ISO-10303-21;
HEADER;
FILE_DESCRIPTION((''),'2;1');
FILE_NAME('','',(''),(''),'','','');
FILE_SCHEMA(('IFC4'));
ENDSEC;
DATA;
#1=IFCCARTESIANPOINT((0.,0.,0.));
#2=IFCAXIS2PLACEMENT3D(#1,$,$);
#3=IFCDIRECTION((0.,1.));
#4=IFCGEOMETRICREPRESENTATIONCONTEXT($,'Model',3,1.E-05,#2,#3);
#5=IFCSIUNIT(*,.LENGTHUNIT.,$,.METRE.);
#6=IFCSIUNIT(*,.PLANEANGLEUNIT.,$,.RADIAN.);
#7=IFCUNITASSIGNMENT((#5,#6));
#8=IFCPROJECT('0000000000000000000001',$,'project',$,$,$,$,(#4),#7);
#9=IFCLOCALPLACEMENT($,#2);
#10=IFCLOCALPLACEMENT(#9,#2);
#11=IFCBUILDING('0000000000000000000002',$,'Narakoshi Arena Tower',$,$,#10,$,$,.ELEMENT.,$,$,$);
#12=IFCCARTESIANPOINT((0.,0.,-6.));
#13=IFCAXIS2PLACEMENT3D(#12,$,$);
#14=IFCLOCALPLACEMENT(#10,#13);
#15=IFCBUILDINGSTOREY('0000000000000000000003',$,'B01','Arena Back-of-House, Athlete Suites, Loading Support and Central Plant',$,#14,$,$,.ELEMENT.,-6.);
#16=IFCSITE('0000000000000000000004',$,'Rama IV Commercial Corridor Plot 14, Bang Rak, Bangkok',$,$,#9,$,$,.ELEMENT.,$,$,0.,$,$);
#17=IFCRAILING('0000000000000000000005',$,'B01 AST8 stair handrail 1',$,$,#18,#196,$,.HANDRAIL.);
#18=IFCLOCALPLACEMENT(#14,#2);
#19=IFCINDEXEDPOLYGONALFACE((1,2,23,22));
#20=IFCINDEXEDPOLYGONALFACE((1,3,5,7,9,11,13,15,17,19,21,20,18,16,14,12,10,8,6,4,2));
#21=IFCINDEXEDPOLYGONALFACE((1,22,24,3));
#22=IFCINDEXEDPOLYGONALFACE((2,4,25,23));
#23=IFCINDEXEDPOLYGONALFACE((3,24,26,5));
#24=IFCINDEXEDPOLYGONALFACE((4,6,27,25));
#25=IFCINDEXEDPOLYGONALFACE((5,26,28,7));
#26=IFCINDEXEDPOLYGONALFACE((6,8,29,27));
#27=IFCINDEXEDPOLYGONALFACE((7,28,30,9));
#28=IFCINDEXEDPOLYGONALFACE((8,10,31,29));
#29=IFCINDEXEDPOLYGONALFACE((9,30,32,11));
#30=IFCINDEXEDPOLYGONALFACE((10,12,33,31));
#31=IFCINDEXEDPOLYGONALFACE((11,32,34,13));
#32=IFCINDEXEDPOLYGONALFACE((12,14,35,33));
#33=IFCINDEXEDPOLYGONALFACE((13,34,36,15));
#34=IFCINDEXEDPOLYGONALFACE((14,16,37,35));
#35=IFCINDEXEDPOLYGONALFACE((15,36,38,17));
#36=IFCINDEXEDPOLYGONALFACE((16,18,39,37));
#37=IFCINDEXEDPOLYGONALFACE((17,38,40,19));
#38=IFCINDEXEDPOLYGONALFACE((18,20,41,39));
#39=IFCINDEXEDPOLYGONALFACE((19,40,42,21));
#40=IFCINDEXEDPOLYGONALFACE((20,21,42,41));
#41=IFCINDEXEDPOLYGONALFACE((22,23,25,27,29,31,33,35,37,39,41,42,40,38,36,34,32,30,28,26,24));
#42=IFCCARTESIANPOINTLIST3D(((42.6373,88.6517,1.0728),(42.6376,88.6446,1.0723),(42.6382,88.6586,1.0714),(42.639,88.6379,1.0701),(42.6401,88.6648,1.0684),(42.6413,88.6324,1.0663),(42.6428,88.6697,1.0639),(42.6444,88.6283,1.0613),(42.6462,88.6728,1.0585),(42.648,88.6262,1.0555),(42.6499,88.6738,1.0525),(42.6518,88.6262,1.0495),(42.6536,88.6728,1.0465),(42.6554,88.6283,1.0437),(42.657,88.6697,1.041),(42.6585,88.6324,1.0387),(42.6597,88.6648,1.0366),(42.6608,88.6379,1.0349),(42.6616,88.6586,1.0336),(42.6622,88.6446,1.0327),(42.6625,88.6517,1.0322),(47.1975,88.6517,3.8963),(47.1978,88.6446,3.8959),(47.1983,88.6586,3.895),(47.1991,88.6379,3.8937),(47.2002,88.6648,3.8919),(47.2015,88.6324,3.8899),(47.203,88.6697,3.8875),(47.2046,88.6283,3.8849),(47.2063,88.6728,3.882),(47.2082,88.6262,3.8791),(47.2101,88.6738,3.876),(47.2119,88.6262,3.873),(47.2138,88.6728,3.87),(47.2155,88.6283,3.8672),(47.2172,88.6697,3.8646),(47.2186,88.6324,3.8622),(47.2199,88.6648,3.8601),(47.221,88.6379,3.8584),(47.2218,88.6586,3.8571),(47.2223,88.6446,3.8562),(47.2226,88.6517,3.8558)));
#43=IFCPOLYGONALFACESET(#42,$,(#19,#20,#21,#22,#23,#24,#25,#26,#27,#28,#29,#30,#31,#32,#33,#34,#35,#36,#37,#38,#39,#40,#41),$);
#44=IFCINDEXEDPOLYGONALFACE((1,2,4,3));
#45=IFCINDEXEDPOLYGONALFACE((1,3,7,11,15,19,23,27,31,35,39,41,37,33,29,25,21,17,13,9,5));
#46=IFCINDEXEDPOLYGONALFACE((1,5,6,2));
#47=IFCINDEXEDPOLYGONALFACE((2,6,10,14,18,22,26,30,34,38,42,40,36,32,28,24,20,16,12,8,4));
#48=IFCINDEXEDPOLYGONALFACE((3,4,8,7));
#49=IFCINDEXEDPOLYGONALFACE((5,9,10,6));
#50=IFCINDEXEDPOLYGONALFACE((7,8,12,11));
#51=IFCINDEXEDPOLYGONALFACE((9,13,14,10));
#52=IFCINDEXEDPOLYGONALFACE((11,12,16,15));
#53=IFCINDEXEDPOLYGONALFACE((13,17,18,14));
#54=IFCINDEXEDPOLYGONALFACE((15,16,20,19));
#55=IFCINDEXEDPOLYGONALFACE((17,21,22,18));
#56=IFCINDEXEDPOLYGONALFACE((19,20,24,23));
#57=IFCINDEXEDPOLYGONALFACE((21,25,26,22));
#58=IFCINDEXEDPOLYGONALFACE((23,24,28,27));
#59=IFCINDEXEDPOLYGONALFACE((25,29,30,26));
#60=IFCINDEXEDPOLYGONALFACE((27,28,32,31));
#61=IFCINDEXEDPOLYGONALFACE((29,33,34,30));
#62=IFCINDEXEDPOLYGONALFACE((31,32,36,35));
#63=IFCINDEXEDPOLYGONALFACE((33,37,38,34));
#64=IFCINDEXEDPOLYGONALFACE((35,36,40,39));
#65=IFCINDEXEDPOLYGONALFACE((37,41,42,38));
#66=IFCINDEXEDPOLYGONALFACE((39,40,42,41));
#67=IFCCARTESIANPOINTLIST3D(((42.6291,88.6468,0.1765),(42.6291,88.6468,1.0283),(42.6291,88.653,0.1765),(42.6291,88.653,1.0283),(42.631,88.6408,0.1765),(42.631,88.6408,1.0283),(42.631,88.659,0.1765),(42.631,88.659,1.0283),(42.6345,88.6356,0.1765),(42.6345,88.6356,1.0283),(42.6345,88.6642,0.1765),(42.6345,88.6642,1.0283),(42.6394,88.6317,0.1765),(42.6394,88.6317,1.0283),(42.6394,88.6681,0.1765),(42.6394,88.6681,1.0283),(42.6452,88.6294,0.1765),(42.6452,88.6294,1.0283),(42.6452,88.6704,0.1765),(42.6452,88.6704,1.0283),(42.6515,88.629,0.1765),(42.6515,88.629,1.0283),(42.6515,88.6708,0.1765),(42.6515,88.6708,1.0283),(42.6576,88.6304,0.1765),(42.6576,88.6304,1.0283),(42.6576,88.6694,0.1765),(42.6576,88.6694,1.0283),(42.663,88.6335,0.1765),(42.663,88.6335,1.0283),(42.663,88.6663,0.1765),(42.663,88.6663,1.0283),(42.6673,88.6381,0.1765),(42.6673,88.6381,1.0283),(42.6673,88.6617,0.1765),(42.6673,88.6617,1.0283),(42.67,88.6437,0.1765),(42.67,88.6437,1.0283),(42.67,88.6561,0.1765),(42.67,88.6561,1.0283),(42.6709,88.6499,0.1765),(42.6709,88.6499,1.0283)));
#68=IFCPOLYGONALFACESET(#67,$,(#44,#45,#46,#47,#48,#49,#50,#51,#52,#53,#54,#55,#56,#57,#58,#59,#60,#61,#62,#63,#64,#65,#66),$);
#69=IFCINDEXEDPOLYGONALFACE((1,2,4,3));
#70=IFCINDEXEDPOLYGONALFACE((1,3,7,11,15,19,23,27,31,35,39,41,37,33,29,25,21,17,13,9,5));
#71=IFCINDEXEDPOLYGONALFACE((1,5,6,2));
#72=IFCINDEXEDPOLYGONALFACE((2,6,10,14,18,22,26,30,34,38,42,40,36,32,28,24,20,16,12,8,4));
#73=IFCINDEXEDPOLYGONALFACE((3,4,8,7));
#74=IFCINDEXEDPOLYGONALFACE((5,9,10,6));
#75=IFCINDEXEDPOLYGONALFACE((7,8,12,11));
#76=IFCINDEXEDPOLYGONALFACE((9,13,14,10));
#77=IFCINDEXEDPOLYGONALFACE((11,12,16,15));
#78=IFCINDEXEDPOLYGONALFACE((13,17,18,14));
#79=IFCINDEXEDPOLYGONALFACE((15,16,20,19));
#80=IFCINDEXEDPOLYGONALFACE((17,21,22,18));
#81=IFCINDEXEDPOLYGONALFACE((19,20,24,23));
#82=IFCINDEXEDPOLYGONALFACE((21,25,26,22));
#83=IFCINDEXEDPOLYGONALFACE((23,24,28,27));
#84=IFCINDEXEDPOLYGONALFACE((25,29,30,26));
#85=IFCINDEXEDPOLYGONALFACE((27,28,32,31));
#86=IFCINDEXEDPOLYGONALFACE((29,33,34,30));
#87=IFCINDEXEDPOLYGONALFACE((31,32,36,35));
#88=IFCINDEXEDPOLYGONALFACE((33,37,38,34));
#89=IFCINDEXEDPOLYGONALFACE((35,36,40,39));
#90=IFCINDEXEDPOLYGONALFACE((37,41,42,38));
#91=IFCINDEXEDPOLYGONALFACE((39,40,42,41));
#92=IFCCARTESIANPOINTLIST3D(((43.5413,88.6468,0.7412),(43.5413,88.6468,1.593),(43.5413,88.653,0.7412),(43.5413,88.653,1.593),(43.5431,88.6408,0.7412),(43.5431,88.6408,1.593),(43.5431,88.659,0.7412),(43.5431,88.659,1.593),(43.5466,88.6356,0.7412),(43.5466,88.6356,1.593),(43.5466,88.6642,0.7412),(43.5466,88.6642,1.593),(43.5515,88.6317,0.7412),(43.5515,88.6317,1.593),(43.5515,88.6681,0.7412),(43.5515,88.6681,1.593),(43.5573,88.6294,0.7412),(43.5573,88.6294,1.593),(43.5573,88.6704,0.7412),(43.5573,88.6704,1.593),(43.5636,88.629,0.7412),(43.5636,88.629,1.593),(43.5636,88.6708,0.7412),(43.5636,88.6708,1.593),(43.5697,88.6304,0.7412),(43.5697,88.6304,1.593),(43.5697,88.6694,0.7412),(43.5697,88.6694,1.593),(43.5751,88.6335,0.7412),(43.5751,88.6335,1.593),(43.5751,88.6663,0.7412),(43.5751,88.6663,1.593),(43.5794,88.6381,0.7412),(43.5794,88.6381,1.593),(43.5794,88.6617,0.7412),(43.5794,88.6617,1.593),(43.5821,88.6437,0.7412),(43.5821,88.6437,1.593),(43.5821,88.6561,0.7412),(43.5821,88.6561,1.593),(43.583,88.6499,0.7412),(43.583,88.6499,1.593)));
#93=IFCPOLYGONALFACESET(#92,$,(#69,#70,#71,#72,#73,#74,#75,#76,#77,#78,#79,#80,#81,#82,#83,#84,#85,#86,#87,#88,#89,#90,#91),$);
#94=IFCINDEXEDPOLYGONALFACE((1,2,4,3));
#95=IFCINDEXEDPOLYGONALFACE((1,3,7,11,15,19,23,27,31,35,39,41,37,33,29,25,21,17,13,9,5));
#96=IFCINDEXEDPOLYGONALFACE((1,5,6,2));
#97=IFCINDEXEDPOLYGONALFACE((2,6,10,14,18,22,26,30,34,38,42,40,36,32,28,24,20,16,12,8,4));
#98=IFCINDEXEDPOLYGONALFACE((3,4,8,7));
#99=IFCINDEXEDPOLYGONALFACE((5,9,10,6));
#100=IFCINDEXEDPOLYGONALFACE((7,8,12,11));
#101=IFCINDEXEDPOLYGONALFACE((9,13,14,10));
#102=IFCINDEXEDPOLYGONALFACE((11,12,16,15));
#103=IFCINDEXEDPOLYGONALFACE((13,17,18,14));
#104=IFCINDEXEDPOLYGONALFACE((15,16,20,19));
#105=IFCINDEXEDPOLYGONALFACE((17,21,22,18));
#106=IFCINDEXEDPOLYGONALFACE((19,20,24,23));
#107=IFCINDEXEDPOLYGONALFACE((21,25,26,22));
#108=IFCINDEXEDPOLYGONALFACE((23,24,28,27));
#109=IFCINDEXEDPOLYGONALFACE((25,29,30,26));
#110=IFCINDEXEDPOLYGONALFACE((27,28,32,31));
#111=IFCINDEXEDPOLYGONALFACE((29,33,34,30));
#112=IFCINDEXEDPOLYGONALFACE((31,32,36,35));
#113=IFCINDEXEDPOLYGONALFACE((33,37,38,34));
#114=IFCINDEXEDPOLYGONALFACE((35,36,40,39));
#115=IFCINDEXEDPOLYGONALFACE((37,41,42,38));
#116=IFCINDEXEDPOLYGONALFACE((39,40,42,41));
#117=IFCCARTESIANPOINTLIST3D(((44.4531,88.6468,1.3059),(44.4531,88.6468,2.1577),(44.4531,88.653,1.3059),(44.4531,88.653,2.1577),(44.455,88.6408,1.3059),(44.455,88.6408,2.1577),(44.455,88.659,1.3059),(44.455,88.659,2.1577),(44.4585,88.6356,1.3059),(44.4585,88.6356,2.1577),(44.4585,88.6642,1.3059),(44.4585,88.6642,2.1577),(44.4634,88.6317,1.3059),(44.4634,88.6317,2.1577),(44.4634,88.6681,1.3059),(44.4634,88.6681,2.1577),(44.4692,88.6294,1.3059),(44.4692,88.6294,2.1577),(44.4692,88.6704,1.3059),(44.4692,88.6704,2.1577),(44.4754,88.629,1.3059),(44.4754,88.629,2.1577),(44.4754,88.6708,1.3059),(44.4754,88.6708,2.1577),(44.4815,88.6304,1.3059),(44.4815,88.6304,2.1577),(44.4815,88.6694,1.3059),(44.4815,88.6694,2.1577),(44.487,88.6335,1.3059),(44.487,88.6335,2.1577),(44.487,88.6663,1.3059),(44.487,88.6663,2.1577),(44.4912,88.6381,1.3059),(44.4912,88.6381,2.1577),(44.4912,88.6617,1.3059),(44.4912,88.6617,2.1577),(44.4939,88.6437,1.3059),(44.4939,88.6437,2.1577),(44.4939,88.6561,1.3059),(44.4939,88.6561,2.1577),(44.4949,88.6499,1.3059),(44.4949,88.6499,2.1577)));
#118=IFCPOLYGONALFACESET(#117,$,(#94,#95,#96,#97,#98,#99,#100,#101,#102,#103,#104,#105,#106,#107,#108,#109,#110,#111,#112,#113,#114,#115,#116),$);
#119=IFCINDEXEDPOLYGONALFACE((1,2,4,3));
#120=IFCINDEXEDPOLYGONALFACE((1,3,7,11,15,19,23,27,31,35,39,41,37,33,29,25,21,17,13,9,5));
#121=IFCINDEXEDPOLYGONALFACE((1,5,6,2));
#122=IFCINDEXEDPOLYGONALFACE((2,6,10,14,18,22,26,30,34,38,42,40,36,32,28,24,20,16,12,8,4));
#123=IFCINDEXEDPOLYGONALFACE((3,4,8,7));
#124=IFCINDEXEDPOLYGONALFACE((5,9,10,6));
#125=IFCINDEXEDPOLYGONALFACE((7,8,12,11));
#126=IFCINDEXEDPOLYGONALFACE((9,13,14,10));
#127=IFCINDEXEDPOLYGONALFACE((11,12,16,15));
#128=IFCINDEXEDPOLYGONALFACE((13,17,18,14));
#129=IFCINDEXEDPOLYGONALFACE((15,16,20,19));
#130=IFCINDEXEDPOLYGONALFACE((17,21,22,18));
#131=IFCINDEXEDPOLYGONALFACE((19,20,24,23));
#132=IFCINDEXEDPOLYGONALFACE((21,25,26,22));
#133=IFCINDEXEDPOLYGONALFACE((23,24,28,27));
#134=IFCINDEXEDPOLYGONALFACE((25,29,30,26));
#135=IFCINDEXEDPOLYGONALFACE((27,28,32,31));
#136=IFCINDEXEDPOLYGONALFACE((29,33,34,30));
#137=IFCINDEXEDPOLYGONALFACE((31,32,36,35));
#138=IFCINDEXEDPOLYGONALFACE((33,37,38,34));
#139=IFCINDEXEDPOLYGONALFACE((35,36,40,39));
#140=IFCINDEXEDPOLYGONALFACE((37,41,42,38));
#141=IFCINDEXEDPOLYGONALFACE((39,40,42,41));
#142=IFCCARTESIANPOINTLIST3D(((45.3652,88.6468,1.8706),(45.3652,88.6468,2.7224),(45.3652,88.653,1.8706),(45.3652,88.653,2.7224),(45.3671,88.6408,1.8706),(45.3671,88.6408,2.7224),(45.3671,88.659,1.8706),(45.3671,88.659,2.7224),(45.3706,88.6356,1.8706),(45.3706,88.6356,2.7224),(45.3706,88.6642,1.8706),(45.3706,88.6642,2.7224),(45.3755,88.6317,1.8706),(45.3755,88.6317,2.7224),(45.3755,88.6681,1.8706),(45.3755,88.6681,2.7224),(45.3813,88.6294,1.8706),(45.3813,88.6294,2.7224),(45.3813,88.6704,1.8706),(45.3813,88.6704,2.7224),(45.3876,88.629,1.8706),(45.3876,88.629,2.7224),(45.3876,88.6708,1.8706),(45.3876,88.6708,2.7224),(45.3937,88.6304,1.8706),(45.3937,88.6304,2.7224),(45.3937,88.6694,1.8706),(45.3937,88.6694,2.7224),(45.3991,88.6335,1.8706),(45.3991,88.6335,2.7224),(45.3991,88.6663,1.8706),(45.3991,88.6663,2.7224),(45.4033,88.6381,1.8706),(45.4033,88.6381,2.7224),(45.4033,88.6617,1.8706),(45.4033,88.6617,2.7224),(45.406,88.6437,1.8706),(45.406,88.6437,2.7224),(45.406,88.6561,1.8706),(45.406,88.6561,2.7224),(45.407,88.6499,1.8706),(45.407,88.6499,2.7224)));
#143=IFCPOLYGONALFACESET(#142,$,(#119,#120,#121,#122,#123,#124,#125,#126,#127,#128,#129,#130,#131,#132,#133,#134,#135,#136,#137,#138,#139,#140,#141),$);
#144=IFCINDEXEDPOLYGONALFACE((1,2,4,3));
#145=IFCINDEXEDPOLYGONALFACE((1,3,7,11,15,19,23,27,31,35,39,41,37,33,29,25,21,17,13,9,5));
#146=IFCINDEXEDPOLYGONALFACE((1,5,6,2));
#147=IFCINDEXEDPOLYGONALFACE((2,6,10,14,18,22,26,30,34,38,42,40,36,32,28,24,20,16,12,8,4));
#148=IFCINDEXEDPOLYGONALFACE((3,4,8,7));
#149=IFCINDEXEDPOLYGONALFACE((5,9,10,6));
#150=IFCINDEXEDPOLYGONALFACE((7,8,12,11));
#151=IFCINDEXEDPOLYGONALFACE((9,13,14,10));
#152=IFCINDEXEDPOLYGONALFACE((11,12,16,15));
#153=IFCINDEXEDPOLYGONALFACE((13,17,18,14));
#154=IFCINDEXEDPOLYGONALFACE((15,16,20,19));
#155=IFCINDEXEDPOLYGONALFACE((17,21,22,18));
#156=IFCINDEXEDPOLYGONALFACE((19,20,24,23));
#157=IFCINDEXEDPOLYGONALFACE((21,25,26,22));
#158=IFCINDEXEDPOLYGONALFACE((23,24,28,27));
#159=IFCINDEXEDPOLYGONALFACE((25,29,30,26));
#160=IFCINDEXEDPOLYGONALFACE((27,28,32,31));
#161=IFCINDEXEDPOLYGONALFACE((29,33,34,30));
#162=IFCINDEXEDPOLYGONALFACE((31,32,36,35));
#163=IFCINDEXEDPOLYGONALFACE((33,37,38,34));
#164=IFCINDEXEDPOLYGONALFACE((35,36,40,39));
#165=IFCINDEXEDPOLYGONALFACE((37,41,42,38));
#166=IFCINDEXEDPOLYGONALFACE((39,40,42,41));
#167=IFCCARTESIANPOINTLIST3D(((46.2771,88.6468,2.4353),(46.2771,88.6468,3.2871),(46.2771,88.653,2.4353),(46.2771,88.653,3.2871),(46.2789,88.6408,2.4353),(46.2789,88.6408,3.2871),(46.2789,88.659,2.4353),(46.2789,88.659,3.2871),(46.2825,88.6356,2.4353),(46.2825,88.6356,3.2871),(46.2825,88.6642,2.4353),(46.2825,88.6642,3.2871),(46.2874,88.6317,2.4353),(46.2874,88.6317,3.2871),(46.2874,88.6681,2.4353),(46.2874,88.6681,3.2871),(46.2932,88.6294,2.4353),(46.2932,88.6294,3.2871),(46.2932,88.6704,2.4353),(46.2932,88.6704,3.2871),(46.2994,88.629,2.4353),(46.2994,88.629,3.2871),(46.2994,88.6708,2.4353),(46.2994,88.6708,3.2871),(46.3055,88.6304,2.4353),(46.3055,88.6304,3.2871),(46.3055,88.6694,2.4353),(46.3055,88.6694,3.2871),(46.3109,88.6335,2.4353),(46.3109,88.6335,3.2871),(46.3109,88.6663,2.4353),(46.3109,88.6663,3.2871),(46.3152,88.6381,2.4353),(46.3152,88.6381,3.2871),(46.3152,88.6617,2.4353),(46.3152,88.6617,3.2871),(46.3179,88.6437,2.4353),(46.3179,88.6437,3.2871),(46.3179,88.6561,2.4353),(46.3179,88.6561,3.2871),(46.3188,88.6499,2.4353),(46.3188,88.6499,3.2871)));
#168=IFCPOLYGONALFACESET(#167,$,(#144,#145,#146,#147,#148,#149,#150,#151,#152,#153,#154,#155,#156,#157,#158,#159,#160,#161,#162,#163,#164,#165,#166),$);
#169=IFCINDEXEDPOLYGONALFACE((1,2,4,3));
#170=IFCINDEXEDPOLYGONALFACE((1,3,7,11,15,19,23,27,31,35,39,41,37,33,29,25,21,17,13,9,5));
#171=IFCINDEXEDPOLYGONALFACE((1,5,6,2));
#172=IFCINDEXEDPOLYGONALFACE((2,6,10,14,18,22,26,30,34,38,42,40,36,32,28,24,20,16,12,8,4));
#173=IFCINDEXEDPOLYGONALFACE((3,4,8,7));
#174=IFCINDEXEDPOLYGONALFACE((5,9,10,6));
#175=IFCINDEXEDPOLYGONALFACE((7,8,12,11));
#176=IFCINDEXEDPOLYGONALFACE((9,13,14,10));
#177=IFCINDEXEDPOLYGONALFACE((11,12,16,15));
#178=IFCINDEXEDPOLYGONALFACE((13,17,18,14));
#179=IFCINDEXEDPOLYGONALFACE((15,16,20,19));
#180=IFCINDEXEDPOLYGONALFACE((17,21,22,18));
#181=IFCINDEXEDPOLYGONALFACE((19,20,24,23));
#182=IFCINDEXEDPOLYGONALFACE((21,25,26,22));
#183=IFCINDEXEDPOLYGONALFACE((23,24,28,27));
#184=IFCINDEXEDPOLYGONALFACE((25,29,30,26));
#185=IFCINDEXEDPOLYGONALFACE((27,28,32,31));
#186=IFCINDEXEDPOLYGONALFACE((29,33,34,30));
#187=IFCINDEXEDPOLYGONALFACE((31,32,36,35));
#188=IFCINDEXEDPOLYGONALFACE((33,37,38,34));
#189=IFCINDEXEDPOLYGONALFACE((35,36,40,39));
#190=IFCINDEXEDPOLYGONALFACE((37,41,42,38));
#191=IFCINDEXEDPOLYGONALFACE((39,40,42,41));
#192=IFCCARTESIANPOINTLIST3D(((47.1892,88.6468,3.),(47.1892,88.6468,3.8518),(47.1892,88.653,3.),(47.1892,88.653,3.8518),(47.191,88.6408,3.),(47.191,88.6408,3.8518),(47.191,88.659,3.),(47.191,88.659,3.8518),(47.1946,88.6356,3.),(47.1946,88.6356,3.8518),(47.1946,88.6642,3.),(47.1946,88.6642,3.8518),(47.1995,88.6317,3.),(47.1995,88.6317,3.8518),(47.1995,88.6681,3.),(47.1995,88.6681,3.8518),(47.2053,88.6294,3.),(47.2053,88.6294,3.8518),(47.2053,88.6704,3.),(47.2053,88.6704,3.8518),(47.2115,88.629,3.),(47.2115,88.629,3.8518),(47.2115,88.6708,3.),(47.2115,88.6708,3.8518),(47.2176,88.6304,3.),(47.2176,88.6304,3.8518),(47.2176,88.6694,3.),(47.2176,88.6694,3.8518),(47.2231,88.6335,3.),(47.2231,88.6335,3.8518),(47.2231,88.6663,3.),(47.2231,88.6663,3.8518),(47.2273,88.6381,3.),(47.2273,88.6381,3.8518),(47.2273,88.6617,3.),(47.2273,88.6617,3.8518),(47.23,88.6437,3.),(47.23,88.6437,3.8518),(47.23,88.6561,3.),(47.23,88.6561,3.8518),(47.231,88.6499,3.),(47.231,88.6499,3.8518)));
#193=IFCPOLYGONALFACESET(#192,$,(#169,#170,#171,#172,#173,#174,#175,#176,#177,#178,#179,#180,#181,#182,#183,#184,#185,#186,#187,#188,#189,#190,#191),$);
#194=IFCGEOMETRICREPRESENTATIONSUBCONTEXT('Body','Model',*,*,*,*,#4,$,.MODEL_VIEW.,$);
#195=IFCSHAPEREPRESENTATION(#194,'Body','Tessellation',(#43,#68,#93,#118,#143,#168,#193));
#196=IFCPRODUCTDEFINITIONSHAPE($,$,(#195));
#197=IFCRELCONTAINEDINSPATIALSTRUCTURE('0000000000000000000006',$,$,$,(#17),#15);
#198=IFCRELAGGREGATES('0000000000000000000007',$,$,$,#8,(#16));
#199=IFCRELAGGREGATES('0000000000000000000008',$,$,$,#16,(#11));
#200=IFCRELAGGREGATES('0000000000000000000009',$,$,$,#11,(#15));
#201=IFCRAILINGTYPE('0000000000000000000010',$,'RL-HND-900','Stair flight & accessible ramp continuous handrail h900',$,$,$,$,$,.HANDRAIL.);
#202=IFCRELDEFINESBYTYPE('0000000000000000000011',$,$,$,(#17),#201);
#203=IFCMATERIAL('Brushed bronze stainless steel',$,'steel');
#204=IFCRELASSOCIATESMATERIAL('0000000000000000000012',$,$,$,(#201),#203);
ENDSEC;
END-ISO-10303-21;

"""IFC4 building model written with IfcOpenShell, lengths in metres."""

from ifc_helpers import new_model, si_unit, direction, frame, origin, origin_2d, place, context, subcontext, project, spatial, circle, extrude, material, type_object, element, save


model = new_model("IFC4")

# Units and contexts
model_context = context("Model", 3, precision=1e-05, world=origin(), true_north=direction((0.0, 1.0)))
body_context = subcontext(model_context, "Body", "Model", "MODEL_VIEW")
ifc_project = project(units=[si_unit("LENGTHUNIT", "METRE"), si_unit("PLANEANGLEUNIT", "RADIAN")], contexts=[model_context])

# Site, building, storey
site_placement = place(None, origin())
site = spatial("IfcSite", under=ifc_project, at=site_placement, Name="Rama IV Commercial Corridor Plot 14, Bang Rak, Bangkok", CompositionType="ELEMENT", RefElevation=0.0)
building_placement = place(site_placement, origin())
building = spatial("IfcBuilding", under=site, at=building_placement, Name="Narakoshi Arena Tower", CompositionType="ELEMENT")
storey_placement = place(building_placement, frame((0.0, 0.0, -6.0)))
storey = spatial("IfcBuildingStorey", under=building, at=storey_placement, Name="B01", Description="Arena Back-of-House, Athlete Suites, Loading Support and Central Plant", CompositionType="ELEMENT", Elevation=-6.0)

# Railing
ifc_material_1 = material(Name="Brushed bronze stainless steel", Category="steel")
railing_type_1 = type_object("IfcRailingType", Name="RL-HND-900", Description="Stair flight & accessible ramp continuous handrail h900", PredefinedType="HANDRAIL", material=ifc_material_1)
railing_1_placement = place(storey_placement, frame((42.6499, 88.6499, 0.1765)))
element("IfcRailing", 1, at=railing_1_placement, inside=storey, type_object=railing_type_1, Name="B01 AST8 stair handrail 1", PredefinedType="HANDRAIL", context=body_context, shape_type="SweptSolid", body=[
    extrude(circle(Radius=0.0239, at=origin_2d()), frame((0.0, 0.0, 0.876), z_axis=(0.850216, 0.0, 0.526435), x_axis=(0.0, 1.0, 0.0)), (0.0, 0.0, 1.0), 5.3635),
    extrude(circle(Radius=0.021, at=origin_2d()), origin(), (0.0, 0.0, 1.0), 0.8518),
    extrude(circle(Radius=0.021, at=origin_2d()), frame((0.9121, 0.0, 0.5647)), (0.0, 0.0, 1.0), 0.8518),
    extrude(circle(Radius=0.021, at=origin_2d()), frame((1.824, 0.0, 1.1294)), (0.0, 0.0, 1.0), 0.8518),
    extrude(circle(Radius=0.021, at=origin_2d()), frame((2.7361, 0.0, 1.6941)), (0.0, 0.0, 1.0), 0.8518),
    extrude(circle(Radius=0.021, at=origin_2d()), frame((3.6479, 0.0, 2.2588)), (0.0, 0.0, 1.0), 0.8518),
    extrude(circle(Radius=0.021, at=origin_2d()), frame((4.5601, 0.0, 2.8235)), (0.0, 0.0, 1.0), 0.8518),
])

save(model, "model.ifc")
